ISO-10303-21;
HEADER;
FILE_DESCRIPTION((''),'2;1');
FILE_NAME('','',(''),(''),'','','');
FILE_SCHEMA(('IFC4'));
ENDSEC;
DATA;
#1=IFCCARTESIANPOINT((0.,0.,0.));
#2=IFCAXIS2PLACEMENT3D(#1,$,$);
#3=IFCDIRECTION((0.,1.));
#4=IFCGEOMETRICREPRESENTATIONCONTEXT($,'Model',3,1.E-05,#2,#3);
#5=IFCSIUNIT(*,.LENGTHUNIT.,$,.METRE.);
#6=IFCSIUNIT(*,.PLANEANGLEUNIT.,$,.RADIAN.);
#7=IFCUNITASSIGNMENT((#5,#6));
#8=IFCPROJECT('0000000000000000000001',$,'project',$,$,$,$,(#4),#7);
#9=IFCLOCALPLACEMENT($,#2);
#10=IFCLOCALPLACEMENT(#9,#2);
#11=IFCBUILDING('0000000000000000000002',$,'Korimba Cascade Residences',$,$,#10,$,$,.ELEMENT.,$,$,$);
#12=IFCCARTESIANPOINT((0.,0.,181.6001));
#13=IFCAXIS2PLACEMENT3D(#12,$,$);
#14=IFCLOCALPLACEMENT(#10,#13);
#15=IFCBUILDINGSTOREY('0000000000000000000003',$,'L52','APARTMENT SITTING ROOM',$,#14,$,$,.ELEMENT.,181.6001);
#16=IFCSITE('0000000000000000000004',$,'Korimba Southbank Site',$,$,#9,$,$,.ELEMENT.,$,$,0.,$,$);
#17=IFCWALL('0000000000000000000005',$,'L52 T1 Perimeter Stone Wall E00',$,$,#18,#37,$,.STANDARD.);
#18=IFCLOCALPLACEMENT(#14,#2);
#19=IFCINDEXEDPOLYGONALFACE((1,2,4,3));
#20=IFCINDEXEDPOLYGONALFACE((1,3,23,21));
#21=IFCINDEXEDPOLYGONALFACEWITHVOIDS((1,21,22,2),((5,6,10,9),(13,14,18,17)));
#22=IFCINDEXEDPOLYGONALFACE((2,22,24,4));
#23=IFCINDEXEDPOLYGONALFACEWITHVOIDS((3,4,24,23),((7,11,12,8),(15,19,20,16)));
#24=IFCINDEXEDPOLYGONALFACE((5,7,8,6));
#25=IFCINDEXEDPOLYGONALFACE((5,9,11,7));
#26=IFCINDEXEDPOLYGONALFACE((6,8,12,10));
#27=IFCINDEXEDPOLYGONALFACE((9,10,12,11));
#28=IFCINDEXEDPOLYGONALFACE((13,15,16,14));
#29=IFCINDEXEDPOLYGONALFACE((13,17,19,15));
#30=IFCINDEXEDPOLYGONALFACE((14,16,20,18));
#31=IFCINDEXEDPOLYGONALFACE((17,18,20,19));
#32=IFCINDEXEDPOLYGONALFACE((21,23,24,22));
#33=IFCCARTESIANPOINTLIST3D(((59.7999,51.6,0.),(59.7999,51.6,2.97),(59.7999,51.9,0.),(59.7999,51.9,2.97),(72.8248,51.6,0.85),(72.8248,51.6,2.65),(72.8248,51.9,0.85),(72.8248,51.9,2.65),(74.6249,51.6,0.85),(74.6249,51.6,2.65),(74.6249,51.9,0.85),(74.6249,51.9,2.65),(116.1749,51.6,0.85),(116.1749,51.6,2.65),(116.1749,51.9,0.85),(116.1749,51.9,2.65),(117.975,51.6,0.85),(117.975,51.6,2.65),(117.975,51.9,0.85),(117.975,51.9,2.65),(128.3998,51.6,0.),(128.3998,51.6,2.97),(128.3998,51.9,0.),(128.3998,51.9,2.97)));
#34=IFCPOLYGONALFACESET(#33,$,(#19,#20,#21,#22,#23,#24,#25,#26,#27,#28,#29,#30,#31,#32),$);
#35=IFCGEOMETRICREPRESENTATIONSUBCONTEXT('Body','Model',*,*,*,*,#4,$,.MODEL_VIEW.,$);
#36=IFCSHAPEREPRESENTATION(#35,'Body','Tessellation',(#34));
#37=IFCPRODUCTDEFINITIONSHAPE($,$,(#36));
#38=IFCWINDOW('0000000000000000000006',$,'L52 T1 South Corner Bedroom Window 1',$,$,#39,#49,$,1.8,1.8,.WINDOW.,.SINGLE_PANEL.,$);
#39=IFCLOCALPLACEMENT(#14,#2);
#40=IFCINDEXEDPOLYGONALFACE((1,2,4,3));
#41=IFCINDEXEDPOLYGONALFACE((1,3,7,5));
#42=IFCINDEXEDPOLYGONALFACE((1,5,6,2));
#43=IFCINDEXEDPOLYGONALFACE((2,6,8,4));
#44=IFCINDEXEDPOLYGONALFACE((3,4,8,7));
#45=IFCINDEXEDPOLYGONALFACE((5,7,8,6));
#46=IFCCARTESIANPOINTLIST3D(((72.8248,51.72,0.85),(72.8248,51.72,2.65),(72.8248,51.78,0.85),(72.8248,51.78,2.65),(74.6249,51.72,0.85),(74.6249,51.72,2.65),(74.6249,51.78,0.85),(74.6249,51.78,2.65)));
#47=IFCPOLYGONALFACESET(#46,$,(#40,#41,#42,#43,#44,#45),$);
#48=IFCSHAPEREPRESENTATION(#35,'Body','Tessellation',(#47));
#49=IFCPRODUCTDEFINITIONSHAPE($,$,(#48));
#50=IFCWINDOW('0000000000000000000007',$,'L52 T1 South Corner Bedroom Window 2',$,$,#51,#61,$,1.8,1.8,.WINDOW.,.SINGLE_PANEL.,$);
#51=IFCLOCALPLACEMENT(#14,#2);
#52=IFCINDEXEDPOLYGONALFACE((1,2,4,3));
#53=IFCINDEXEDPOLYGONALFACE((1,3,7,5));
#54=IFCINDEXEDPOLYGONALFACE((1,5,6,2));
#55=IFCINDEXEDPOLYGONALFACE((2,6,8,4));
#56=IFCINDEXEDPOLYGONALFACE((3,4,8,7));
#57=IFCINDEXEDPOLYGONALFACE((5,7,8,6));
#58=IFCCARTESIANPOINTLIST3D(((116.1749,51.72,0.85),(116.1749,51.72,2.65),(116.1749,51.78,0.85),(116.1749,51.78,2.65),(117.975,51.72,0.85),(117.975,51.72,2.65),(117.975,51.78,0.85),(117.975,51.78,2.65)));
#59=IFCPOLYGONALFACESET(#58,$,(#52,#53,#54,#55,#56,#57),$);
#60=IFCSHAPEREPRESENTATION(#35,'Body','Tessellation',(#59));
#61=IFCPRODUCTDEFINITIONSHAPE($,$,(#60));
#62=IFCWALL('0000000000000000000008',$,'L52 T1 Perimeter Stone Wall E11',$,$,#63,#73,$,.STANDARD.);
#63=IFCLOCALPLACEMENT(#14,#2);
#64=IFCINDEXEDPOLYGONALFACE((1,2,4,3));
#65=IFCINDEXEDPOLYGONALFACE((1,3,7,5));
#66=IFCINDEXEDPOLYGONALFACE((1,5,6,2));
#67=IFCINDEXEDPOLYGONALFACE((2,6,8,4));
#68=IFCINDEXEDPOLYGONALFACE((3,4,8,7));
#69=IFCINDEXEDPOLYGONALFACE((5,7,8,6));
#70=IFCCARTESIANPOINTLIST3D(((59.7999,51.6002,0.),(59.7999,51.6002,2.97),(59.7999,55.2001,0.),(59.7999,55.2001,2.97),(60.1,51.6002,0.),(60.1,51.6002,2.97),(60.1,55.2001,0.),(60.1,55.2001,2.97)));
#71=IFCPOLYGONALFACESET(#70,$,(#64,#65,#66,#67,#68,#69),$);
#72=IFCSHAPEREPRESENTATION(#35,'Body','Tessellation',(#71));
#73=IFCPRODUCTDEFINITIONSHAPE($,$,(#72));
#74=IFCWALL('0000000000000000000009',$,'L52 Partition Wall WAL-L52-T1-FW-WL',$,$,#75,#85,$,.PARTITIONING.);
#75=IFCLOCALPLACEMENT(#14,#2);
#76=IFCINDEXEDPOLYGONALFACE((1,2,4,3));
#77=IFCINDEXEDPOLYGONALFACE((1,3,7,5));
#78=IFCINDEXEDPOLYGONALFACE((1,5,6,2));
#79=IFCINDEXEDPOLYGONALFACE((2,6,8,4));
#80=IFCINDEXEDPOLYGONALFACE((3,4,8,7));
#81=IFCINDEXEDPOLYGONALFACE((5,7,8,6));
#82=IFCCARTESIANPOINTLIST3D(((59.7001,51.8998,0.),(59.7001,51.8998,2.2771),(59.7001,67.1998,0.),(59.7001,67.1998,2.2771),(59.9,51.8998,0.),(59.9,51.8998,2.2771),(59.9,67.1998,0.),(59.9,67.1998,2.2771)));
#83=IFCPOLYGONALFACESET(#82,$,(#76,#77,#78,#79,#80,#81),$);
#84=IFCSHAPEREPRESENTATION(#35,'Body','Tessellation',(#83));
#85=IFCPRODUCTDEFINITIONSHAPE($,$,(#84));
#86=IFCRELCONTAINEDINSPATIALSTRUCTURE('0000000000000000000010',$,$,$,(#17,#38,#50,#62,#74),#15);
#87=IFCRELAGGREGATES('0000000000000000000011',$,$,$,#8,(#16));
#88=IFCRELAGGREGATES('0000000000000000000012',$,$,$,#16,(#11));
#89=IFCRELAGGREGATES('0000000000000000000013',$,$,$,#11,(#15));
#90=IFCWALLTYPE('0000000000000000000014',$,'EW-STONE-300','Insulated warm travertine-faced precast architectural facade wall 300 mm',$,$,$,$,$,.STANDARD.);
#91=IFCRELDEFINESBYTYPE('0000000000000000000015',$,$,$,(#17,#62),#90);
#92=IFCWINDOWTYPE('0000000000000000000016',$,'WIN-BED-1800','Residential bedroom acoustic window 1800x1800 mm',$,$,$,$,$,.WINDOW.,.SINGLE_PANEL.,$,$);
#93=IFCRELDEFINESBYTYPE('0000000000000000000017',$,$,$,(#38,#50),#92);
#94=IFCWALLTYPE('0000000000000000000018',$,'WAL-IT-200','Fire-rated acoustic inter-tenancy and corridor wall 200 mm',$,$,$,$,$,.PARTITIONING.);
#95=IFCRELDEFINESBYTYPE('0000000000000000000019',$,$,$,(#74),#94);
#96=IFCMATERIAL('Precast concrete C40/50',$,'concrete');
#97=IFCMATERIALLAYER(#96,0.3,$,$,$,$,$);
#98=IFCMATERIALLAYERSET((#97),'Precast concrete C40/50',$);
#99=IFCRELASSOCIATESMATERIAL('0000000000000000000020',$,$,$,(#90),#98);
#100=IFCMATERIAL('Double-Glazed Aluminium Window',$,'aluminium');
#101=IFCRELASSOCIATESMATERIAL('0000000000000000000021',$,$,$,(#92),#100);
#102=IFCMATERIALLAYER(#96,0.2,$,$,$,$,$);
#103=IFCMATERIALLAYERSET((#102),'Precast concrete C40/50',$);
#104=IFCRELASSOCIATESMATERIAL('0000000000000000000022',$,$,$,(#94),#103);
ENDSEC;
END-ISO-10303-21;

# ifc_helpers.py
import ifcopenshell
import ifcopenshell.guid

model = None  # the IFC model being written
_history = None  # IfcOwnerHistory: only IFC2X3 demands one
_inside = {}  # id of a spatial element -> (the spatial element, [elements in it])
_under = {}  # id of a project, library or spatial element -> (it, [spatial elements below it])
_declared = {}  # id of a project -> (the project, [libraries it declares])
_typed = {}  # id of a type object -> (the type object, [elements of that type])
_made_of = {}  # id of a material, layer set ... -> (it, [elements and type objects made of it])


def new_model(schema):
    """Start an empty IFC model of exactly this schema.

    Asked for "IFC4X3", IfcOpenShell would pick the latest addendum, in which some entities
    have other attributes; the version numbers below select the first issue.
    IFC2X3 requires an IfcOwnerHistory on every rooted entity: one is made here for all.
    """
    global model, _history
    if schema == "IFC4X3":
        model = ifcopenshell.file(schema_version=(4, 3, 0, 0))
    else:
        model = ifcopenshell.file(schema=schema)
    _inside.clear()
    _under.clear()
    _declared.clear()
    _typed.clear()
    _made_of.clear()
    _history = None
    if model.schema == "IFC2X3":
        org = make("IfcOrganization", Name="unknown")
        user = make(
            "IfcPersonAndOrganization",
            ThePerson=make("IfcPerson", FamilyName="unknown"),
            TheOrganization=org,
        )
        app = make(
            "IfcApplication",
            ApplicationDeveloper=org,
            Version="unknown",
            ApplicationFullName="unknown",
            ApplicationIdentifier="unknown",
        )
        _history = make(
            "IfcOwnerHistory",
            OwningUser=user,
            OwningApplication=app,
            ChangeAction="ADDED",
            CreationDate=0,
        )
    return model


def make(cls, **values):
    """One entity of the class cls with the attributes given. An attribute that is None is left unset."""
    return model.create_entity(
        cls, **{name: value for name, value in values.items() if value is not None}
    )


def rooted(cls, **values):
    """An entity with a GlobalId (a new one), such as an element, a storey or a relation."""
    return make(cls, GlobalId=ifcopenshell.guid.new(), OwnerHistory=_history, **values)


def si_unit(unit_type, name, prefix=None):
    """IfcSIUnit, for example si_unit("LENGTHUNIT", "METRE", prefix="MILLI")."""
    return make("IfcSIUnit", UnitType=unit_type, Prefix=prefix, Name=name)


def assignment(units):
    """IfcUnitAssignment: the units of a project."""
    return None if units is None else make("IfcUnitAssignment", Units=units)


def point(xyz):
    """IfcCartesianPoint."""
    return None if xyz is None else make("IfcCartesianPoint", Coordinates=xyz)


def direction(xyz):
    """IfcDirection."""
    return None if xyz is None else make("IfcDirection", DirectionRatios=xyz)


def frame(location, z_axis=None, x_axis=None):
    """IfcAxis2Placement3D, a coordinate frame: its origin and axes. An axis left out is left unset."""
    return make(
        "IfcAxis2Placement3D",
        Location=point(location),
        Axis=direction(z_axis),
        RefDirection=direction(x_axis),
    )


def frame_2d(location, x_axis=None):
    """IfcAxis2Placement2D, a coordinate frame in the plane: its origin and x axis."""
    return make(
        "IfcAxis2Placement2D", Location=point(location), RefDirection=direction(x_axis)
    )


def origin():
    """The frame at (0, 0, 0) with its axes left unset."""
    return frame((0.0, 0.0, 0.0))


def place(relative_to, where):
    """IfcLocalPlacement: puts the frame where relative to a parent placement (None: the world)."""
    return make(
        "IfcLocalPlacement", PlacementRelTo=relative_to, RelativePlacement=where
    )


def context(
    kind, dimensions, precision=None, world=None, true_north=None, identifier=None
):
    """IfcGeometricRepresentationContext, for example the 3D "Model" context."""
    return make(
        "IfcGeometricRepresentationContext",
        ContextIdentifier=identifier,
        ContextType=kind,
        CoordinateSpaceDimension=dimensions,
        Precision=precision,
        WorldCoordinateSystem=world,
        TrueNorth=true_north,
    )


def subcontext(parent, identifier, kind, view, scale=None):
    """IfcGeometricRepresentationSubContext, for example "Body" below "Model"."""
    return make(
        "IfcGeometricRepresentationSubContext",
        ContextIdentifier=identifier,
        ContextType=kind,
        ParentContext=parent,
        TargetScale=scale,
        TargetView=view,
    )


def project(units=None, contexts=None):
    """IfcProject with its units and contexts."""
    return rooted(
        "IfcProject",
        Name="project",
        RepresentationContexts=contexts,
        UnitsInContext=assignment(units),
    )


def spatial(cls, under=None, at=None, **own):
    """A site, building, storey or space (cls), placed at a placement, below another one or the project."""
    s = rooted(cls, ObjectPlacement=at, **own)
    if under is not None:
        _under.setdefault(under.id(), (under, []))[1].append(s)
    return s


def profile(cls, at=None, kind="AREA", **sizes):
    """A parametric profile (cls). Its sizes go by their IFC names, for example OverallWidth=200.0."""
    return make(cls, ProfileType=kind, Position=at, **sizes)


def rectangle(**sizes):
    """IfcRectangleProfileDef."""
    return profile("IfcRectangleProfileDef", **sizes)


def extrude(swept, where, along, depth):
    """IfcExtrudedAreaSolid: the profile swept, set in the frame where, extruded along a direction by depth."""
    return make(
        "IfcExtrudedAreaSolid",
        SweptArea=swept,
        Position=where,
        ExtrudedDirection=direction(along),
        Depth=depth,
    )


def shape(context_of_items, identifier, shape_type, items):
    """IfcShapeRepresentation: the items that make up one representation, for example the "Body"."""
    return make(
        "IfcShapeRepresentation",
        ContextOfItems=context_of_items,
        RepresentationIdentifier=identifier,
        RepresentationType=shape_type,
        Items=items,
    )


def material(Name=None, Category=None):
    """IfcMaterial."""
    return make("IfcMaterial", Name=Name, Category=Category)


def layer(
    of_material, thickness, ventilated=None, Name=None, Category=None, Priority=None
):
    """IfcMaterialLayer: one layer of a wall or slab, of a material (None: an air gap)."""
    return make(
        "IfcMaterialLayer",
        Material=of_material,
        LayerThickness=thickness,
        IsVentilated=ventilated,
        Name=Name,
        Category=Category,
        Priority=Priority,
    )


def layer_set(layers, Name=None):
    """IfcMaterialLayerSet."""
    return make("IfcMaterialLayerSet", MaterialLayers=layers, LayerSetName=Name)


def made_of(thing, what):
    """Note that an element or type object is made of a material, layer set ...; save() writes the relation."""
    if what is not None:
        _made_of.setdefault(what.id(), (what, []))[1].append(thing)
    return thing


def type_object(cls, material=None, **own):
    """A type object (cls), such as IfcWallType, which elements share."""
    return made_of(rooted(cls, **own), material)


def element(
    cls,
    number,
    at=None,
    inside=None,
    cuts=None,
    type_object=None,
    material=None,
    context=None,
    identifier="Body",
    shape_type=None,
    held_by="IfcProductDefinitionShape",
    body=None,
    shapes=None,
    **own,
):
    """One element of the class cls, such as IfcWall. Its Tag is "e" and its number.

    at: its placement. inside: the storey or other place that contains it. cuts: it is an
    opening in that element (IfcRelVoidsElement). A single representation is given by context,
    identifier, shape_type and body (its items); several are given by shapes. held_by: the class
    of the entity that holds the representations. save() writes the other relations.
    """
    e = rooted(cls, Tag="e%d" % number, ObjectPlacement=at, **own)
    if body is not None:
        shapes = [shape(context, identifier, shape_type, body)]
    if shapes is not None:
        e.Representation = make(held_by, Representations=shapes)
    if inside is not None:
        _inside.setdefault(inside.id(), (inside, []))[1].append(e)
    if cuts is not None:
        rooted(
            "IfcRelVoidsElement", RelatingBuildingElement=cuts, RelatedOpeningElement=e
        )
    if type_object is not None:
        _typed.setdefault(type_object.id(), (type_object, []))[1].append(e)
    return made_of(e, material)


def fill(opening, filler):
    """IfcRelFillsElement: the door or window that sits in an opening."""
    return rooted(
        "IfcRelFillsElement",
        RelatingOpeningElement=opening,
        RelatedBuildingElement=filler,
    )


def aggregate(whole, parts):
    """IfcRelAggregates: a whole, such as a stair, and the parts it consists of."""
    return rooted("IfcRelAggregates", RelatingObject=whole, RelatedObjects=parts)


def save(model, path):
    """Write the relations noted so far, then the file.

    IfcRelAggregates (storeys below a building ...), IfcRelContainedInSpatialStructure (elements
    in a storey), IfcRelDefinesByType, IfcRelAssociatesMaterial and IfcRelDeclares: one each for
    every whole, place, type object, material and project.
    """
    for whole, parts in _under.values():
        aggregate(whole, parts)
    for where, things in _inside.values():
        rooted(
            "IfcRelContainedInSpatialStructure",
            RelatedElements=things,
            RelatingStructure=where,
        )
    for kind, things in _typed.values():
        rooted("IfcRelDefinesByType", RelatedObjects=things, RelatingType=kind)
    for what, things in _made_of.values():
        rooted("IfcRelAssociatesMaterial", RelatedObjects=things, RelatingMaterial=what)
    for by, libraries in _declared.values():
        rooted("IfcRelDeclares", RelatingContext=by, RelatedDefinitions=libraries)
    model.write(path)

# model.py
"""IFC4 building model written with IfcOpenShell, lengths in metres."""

from ifc_helpers import new_model, si_unit, direction, frame, frame_2d, origin, place, context, subcontext, project, spatial, rectangle, extrude, material, layer, layer_set, type_object, element, fill, save


model = new_model("IFC4")

# Units and contexts
model_context = context("Model", 3, precision=1e-05, world=origin(), true_north=direction((0.0, 1.0)))
body_context = subcontext(model_context, "Body", "Model", "MODEL_VIEW")
ifc_project = project(units=[si_unit("LENGTHUNIT", "METRE"), si_unit("PLANEANGLEUNIT", "RADIAN")], contexts=[model_context])

# Site, building, storey
site_placement = place(None, origin())
site = spatial("IfcSite", under=ifc_project, at=site_placement, Name="Korimba Southbank Site", CompositionType="ELEMENT", RefElevation=0.0)
building_placement = place(site_placement, origin())
building = spatial("IfcBuilding", under=site, at=building_placement, Name="Korimba Cascade Residences", CompositionType="ELEMENT")
storey_placement = place(building_placement, frame((0.0, 0.0, 181.6001)))
storey = spatial("IfcBuildingStorey", under=building, at=storey_placement, Name="L52", Description="APARTMENT SITTING ROOM", CompositionType="ELEMENT", Elevation=181.6001)

# Shared definitions
ifc_material_1 = material(Name="Precast concrete C40/50", Category="concrete")

# Wall, openings, windows
ifc_layer_1 = layer(ifc_material_1, 0.3)
ifc_layer_set_1 = layer_set([ifc_layer_1], Name="Precast concrete C40/50")
wall_type_1 = type_object("IfcWallType", Name="EW-STONE-300", Description="Insulated warm travertine-faced precast architectural facade wall 300 mm", PredefinedType="STANDARD", material=ifc_layer_set_1)
wall_1_placement = place(storey_placement, frame((59.8, 51.75, 0.0), z_axis=(0.0, 0.0, 1.0), x_axis=(1.0, 0.0, 0.0)))
wall_1 = element("IfcWall", 1, at=wall_1_placement, inside=storey, type_object=wall_type_1, Name="L52 T1 Perimeter Stone Wall E00", PredefinedType="STANDARD", context=body_context, shape_type="SweptSolid", body=[
    extrude(rectangle(XDim=68.5999, YDim=0.3, at=frame_2d((34.2998, 0.0))), origin(), (0.0, 0.0, 1.0), 2.97),
])
opening_1_placement = place(wall_1_placement, frame((13.0249, 0.0, 0.8501)))
opening_1 = element("IfcOpeningElement", 2, at=opening_1_placement, cuts=wall_1, PredefinedType="OPENING", context=body_context, shape_type="SweptSolid", body=[
    extrude(rectangle(XDim=1.8, YDim=1.8, at=frame_2d((0.8999, 0.8999))), frame((0.0, 0.1602, 0.0), z_axis=(0.0, -1.0, 0.0), x_axis=(1.0, 0.0, 0.0)), (0.0, 0.0, 1.0), 0.3201),
])
opening_2_placement = place(wall_1_placement, frame((56.375, 0.0, 0.8501)))
opening_2 = element("IfcOpeningElement", 3, at=opening_2_placement, cuts=wall_1, PredefinedType="OPENING", context=body_context, shape_type="SweptSolid", body=[
    extrude(rectangle(XDim=1.8, YDim=1.8, at=frame_2d((0.8999, 0.8999))), frame((0.0, 0.1602, 0.0), z_axis=(0.0, -1.0, 0.0), x_axis=(1.0, 0.0, 0.0)), (0.0, 0.0, 1.0), 0.3201),
])
ifc_material_2 = material(Name="Double-Glazed Aluminium Window", Category="aluminium")
window_type = type_object("IfcWindowType", Name="WIN-BED-1800", Description="Residential bedroom acoustic window 1800x1800 mm", PartitioningType="SINGLE_PANEL", PredefinedType="WINDOW", material=ifc_material_2)
window_1_placement = place(opening_1_placement, origin())
window_1 = element("IfcWindow", 4, at=window_1_placement, inside=storey, type_object=window_type, Name="L52 T1 South Corner Bedroom Window 1", OverallHeight=1.8, OverallWidth=1.8, PartitioningType="SINGLE_PANEL", PredefinedType="WINDOW", context=body_context, shape_type="SweptSolid", body=[
    extrude(rectangle(XDim=1.8, YDim=1.8, at=frame_2d((0.8999, 0.8999))), frame((0.0, 0.03, 0.0), z_axis=(0.0, -1.0, 0.0), x_axis=(1.0, 0.0, 0.0)), (0.0, 0.0, 1.0), 0.0601),
])
fill(opening_1, window_1)
window_2_placement = place(opening_2_placement, origin())
window_2 = element("IfcWindow", 5, at=window_2_placement, inside=storey, type_object=window_type, Name="L52 T1 South Corner Bedroom Window 2", OverallHeight=1.8, OverallWidth=1.8, PartitioningType="SINGLE_PANEL", PredefinedType="WINDOW", context=body_context, shape_type="SweptSolid", body=[
    extrude(rectangle(XDim=1.8, YDim=1.8, at=frame_2d((0.8999, 0.8999))), frame((0.0, 0.03, 0.0), z_axis=(0.0, -1.0, 0.0), x_axis=(1.0, 0.0, 0.0)), (0.0, 0.0, 1.0), 0.0601),
])
fill(opening_2, window_2)

# Walls
wall_2_placement = place(storey_placement, frame((59.95, 55.2, 0.0), z_axis=(0.0, 0.0, 1.0), x_axis=(0.0, -1.0, 0.0)))
element("IfcWall", 6, at=wall_2_placement, inside=storey, type_object=wall_type_1, Name="L52 T1 Perimeter Stone Wall E11", PredefinedType="STANDARD", context=body_context, shape_type="SweptSolid", body=[
    extrude(rectangle(XDim=3.5999, YDim=0.3, at=frame_2d((1.7998, 0.0))), origin(), (0.0, 0.0, 1.0), 2.97),
])
ifc_layer_2 = layer(ifc_material_1, 0.2)
ifc_layer_set_2 = layer_set([ifc_layer_2], Name="Precast concrete C40/50")
wall_type_2 = type_object("IfcWallType", Name="WAL-IT-200", Description="Fire-rated acoustic inter-tenancy and corridor wall 200 mm", PredefinedType="PARTITIONING", material=ifc_layer_set_2)
wall_3_placement = place(storey_placement, frame((59.8, 51.8999, 0.0), z_axis=(0.0, 0.0, 1.0), x_axis=(0.0, 1.0, 0.0)))
element("IfcWall", 7, at=wall_3_placement, inside=storey, type_object=wall_type_2, Name="L52 Partition Wall WAL-L52-T1-FW-WL", PredefinedType="PARTITIONING", context=body_context, shape_type="SweptSolid", body=[
    extrude(rectangle(XDim=15.3, YDim=0.2, at=frame_2d((7.6499, 0.0))), origin(), (0.0, 0.0, 1.0), 2.2771),
])

save(model, "model.ifc")
